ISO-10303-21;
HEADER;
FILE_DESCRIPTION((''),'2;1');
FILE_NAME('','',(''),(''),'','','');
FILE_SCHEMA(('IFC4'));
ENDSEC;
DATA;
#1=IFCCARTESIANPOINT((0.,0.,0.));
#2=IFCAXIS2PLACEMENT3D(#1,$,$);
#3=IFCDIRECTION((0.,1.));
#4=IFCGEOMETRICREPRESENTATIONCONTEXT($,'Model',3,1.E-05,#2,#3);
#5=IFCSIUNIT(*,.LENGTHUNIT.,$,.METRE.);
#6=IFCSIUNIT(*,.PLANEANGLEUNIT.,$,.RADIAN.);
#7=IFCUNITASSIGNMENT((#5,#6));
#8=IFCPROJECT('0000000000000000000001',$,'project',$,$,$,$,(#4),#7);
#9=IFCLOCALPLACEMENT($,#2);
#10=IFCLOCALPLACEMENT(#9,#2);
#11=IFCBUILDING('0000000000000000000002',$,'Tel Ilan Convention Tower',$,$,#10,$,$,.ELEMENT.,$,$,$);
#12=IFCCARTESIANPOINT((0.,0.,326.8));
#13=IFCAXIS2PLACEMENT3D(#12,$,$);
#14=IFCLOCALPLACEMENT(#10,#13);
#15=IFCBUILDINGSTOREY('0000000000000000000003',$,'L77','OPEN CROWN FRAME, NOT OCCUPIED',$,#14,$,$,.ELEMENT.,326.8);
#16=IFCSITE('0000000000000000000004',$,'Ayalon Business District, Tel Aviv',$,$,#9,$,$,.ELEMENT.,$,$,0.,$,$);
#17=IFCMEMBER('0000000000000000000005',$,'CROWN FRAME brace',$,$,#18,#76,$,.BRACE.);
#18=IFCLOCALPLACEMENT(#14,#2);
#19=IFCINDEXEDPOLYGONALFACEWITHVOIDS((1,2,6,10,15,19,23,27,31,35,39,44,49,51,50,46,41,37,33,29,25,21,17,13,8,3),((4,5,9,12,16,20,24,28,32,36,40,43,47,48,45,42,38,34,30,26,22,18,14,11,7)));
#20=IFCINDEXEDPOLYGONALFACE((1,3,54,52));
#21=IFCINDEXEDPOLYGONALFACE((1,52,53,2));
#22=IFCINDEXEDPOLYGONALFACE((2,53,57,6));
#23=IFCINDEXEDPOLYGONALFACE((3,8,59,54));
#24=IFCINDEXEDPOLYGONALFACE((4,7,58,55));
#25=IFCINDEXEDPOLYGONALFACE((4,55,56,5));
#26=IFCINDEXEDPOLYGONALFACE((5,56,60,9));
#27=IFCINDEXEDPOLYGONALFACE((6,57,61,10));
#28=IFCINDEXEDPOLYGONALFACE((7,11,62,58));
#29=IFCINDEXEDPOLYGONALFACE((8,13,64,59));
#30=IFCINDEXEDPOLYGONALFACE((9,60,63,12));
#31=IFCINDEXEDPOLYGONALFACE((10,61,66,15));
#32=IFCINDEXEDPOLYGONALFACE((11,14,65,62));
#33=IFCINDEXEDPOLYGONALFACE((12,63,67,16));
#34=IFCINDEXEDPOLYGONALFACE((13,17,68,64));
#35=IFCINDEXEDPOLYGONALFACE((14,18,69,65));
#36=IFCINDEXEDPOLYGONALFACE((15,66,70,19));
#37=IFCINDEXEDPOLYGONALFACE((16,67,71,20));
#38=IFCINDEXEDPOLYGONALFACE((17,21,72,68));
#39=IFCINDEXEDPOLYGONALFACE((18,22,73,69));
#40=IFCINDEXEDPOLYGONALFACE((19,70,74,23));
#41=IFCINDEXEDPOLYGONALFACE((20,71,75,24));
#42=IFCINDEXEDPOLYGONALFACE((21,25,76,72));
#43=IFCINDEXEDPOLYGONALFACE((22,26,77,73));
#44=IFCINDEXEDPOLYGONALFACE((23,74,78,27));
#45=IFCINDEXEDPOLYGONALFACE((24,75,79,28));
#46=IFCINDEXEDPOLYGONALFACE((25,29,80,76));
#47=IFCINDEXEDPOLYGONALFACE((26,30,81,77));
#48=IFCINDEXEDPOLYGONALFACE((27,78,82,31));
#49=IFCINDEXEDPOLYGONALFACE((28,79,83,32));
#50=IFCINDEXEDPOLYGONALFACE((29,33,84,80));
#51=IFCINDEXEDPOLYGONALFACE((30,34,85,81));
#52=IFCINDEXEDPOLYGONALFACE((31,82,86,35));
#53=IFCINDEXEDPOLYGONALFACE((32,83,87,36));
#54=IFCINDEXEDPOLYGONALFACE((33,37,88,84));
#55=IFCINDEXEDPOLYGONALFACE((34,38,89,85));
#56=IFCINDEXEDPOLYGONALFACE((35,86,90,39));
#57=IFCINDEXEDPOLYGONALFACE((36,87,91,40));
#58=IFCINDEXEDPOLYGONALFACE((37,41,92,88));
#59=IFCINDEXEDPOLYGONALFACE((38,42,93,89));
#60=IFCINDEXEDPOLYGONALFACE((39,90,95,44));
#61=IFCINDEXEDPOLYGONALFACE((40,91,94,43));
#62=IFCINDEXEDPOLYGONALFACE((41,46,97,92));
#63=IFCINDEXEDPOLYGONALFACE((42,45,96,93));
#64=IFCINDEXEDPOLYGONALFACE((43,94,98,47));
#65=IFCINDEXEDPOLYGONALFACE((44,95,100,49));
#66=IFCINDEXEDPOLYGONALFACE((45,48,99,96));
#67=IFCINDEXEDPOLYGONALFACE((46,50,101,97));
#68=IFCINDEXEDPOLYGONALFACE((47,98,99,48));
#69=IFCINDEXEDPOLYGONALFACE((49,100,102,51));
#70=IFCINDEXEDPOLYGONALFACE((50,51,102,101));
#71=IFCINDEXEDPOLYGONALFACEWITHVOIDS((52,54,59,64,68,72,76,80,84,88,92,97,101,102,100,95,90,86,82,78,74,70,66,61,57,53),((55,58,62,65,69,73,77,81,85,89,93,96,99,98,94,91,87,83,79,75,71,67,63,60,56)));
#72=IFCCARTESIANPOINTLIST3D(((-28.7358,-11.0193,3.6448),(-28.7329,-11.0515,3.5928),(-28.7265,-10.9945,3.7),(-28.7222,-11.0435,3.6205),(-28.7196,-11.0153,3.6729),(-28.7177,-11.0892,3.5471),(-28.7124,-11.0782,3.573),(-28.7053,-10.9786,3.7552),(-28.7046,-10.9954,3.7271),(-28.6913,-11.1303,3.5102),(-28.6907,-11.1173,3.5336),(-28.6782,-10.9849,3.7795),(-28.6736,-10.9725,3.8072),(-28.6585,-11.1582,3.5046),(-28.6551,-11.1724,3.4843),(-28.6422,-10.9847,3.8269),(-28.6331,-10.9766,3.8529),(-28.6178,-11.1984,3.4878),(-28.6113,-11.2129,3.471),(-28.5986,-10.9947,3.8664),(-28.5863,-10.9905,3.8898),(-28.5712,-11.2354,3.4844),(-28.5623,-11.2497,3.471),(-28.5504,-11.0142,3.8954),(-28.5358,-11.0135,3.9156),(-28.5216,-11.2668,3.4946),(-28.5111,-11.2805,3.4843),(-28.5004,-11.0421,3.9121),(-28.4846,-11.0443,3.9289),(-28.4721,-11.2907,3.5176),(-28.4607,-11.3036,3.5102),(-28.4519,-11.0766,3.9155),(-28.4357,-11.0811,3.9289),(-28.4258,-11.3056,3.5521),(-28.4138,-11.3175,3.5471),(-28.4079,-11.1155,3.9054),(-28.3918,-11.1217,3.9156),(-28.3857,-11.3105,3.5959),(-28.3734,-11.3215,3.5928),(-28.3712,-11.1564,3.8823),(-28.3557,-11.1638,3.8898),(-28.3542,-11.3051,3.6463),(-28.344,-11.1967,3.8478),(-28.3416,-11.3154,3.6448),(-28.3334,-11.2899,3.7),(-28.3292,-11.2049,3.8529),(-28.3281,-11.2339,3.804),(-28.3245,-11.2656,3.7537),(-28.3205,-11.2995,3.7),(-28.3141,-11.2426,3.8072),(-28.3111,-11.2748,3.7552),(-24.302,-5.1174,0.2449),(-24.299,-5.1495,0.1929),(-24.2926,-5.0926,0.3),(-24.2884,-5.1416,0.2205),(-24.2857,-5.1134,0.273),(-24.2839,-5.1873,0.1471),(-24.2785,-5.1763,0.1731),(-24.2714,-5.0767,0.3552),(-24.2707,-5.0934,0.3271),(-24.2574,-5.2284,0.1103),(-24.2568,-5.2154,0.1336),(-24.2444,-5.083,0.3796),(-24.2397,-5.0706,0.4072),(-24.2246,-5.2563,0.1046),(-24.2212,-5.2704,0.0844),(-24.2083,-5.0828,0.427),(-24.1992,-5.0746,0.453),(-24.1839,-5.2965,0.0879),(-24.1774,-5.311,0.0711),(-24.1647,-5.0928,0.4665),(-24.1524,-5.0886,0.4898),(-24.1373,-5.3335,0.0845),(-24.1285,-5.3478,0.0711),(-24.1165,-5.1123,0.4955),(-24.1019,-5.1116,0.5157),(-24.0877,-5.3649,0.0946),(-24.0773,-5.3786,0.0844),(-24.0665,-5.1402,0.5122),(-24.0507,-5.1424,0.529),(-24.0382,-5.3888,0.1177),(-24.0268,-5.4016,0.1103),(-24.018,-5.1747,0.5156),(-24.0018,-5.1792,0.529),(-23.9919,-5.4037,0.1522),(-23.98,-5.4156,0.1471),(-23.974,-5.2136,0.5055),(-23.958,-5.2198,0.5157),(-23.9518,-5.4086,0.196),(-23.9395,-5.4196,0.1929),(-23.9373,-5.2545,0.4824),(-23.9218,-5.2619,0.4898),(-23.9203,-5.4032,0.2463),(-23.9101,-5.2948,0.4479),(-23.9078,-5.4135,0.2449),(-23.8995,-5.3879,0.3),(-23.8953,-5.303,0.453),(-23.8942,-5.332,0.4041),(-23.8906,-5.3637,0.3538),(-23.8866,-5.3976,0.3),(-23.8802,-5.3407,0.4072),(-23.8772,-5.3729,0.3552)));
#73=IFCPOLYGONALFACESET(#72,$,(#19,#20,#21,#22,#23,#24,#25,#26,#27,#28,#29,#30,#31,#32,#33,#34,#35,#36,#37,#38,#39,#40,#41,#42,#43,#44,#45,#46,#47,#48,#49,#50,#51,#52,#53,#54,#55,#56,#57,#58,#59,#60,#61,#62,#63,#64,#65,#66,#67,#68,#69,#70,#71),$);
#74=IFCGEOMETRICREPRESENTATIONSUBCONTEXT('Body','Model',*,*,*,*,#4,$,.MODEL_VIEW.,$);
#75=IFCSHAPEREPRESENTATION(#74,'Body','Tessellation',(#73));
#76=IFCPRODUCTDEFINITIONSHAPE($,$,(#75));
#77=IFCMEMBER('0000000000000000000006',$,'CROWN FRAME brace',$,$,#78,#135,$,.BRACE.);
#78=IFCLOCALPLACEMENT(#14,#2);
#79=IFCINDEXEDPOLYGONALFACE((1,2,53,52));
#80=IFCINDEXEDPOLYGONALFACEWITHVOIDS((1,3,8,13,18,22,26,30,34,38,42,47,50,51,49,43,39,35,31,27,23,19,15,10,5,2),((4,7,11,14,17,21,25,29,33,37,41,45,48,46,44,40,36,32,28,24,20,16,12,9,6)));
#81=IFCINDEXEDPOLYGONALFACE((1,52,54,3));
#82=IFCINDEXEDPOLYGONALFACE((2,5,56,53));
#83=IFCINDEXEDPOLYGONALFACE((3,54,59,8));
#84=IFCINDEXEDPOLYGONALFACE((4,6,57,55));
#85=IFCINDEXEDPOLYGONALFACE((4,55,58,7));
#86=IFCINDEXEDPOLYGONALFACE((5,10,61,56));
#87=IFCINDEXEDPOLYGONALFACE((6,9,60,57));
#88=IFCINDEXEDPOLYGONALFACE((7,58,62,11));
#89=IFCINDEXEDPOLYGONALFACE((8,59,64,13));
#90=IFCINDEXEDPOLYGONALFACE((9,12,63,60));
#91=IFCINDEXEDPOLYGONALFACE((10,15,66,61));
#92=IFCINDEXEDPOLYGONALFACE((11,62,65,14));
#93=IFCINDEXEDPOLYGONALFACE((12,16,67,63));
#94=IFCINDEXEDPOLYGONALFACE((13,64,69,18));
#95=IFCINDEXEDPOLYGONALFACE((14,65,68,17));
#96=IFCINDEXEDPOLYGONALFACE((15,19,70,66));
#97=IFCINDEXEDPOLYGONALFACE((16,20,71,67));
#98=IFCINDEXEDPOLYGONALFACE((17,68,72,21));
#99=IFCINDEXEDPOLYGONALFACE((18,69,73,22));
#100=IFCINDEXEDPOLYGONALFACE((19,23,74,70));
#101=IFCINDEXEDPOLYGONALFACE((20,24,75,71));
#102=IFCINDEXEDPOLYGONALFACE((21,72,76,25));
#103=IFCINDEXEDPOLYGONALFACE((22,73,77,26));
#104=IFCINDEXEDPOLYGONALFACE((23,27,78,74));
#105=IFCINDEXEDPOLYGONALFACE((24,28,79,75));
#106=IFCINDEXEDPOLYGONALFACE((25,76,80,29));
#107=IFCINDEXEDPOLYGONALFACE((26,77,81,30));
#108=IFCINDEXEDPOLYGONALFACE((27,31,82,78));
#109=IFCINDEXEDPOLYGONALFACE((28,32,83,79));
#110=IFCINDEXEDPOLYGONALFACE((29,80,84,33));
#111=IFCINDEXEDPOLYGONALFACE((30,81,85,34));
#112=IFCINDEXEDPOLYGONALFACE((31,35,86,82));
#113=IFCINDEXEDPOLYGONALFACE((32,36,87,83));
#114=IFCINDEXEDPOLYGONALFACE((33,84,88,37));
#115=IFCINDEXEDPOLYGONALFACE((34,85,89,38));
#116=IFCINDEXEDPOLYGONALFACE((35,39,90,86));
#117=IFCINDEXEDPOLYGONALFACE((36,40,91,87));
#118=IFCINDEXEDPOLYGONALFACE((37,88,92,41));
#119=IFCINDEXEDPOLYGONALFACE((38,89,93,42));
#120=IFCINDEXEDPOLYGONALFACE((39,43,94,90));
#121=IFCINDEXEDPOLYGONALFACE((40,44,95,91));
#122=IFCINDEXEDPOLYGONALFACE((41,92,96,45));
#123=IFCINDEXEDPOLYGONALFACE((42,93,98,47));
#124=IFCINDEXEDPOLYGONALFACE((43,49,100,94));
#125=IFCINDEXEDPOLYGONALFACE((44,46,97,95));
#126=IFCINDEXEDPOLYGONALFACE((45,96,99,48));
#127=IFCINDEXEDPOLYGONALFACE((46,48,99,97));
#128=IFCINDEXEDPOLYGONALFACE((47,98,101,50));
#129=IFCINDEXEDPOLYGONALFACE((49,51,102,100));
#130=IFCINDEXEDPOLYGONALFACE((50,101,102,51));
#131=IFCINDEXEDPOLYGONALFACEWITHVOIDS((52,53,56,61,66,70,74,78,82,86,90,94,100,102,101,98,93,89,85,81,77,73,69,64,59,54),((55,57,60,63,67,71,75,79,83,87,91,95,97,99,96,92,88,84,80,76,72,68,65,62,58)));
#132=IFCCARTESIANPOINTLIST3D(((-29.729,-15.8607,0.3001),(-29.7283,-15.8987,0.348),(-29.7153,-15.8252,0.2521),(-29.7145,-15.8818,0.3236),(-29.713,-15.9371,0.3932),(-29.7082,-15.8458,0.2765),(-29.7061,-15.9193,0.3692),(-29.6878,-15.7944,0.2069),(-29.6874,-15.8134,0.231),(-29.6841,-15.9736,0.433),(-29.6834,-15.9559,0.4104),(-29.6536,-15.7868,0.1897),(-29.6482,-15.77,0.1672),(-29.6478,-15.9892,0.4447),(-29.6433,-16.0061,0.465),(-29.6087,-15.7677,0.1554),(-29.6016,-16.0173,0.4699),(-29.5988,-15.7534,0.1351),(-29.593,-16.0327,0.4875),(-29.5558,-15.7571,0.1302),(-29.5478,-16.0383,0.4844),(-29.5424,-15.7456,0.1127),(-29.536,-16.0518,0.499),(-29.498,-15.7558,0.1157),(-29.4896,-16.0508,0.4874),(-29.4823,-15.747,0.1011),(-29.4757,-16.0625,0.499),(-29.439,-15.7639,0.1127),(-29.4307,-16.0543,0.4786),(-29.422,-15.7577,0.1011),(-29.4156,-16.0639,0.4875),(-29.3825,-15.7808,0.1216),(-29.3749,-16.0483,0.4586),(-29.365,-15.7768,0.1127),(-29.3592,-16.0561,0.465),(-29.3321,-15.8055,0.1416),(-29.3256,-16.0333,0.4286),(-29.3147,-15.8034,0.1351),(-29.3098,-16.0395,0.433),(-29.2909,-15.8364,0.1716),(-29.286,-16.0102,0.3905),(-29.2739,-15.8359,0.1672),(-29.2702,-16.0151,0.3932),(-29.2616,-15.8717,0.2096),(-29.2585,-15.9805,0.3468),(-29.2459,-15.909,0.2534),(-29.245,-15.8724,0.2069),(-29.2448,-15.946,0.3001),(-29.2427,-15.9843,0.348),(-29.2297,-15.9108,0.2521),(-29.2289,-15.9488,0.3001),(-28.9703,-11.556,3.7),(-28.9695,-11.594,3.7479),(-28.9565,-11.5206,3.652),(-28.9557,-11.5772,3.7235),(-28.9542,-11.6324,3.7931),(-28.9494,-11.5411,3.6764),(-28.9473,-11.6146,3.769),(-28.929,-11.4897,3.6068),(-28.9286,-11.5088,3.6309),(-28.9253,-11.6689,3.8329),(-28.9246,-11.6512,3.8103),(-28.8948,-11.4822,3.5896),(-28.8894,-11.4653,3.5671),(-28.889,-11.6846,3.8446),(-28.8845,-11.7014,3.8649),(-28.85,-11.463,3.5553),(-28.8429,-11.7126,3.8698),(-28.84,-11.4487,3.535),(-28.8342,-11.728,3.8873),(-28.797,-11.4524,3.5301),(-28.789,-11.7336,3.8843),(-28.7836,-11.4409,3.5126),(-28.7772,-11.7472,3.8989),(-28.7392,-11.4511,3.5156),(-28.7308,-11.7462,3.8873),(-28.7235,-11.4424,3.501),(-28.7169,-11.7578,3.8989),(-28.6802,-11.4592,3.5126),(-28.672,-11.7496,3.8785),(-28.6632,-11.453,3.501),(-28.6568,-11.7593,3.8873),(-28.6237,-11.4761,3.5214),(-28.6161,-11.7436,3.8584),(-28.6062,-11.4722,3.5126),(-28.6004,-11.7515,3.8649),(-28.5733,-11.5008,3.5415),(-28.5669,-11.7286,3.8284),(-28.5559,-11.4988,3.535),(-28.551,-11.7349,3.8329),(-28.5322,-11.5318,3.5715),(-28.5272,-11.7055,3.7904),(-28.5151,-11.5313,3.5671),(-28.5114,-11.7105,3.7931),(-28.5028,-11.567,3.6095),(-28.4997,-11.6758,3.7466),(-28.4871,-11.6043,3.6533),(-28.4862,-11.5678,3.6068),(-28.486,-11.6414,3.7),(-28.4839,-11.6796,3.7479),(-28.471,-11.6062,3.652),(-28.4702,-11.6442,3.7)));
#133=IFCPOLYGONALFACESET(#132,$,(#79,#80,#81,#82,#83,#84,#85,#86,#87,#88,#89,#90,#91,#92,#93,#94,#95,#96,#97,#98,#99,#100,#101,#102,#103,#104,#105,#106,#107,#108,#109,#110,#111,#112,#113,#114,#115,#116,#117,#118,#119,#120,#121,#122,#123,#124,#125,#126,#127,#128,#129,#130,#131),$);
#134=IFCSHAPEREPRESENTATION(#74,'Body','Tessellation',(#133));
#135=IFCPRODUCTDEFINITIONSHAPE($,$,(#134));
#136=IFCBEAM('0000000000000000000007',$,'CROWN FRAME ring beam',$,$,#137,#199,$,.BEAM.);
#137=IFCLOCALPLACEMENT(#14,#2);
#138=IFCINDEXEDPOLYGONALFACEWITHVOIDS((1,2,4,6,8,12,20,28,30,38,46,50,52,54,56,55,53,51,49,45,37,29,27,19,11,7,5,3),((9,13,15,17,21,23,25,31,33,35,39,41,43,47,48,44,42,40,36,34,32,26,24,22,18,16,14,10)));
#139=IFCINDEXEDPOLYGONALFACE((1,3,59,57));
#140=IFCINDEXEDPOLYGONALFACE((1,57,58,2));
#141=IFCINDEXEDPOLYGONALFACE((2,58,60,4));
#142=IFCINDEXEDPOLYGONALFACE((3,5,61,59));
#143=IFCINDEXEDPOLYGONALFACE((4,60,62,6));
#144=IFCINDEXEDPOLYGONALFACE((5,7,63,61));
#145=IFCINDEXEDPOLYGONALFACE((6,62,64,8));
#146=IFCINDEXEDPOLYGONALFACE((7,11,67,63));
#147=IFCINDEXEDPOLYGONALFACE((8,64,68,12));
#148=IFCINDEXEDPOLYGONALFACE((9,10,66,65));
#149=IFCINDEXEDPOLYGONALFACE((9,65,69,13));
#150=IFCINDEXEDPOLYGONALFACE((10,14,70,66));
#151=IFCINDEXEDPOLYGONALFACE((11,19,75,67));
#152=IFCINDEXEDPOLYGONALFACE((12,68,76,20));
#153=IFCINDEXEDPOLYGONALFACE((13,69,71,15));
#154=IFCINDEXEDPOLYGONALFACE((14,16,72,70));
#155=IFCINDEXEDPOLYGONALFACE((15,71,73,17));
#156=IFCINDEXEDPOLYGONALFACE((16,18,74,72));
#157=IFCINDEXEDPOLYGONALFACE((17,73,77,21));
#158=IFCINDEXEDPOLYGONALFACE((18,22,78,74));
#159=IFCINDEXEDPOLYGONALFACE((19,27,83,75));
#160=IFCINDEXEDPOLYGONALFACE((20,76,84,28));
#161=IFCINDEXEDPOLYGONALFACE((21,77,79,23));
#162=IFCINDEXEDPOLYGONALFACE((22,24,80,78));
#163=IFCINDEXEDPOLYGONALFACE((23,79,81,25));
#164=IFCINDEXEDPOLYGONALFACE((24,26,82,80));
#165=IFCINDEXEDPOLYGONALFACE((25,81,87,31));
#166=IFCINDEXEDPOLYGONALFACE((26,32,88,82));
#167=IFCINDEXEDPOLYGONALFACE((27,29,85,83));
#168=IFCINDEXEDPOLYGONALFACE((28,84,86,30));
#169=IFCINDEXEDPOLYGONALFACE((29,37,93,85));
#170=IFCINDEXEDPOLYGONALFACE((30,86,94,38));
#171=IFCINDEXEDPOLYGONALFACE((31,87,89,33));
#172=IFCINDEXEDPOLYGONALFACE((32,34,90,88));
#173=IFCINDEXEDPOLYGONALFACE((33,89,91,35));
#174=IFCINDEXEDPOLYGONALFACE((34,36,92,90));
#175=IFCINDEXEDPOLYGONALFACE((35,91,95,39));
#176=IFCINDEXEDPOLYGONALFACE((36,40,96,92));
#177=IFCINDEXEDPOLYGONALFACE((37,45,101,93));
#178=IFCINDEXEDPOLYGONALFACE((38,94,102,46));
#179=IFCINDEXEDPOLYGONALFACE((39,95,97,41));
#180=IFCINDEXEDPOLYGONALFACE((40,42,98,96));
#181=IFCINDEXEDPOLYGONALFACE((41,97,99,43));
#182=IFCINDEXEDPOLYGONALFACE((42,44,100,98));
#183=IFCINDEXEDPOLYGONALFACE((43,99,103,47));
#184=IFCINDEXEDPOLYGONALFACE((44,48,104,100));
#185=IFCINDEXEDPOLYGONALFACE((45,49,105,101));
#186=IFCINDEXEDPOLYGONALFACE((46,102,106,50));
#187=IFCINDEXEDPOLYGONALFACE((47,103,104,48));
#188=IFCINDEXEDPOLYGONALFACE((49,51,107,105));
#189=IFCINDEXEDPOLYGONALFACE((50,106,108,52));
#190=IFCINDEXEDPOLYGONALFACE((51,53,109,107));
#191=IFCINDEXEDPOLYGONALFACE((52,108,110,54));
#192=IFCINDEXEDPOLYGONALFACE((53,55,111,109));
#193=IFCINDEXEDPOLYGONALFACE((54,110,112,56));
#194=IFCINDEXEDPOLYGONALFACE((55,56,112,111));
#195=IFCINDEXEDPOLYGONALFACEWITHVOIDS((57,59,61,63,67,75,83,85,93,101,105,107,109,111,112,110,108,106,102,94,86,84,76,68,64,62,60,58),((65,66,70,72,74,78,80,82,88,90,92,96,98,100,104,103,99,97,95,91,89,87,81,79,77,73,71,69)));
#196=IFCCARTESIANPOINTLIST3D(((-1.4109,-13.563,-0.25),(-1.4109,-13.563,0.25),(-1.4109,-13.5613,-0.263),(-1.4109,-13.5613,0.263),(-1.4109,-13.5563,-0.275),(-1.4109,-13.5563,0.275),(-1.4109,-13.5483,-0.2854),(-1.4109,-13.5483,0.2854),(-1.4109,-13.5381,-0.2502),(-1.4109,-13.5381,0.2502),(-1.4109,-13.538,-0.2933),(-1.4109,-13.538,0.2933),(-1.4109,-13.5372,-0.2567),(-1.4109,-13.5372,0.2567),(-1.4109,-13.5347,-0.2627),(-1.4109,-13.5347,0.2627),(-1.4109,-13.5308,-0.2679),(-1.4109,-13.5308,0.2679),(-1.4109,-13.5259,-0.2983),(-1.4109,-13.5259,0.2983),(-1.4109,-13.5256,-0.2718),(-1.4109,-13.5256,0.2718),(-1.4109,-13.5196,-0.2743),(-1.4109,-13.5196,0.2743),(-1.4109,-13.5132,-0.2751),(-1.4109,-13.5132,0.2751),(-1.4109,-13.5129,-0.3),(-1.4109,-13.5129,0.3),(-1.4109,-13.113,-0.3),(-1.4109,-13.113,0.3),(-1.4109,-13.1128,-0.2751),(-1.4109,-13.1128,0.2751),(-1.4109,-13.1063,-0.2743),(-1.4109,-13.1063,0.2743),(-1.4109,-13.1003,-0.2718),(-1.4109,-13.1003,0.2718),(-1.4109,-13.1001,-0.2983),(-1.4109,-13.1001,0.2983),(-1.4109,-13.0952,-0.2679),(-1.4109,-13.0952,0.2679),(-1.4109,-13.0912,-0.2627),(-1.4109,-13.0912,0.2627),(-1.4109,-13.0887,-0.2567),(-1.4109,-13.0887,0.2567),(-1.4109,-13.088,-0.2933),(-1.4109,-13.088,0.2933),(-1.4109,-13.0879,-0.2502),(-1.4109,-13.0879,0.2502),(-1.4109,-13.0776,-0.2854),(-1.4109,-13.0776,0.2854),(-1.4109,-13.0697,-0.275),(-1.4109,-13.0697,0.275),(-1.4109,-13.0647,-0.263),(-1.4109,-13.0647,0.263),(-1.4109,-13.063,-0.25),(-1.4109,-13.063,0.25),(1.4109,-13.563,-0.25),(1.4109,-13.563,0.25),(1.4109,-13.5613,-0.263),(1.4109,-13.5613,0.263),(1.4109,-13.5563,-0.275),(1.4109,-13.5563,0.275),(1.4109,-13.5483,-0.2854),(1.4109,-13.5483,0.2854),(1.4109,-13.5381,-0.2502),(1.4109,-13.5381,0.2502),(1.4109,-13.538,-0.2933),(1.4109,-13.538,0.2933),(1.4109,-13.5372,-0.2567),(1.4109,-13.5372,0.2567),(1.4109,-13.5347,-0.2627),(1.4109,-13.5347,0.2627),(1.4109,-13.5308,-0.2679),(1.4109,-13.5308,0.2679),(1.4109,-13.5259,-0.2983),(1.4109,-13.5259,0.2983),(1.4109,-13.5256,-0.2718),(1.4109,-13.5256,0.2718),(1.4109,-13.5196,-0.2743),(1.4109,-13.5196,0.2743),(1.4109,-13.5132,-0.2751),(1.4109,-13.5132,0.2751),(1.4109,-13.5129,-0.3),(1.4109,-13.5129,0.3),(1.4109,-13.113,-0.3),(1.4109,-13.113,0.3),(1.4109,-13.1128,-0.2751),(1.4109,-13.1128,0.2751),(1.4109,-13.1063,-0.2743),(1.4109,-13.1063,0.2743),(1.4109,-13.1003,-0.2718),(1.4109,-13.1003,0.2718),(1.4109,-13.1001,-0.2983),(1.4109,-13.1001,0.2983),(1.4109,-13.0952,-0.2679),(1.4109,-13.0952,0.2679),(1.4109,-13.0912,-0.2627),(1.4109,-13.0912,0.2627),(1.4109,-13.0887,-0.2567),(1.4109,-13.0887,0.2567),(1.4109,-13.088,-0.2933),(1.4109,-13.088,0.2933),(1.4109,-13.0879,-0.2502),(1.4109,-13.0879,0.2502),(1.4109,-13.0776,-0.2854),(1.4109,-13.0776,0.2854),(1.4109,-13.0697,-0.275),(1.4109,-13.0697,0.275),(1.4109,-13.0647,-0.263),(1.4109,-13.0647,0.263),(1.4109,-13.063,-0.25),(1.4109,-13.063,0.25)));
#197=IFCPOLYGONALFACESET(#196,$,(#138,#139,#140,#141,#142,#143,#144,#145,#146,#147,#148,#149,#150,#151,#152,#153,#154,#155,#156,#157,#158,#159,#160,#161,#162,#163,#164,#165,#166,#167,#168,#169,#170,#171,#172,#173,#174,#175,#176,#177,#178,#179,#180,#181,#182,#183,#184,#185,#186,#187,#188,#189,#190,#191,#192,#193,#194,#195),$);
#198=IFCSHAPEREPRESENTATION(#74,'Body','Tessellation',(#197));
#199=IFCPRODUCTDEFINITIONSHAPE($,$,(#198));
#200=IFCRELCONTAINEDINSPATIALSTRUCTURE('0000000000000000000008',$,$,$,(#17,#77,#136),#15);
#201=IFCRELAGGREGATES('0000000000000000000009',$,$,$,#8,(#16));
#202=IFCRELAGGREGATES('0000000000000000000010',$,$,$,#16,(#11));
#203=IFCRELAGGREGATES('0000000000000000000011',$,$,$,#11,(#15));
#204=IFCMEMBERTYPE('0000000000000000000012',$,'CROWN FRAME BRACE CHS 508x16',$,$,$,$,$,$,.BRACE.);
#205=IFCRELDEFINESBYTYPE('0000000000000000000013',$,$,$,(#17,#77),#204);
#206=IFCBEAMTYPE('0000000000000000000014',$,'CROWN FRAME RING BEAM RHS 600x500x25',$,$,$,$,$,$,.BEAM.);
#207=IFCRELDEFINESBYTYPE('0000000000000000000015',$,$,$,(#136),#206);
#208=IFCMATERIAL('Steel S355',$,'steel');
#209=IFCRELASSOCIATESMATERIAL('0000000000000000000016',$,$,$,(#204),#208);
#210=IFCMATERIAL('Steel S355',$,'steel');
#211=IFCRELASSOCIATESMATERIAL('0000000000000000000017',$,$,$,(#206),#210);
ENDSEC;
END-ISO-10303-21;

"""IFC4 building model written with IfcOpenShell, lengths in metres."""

from ifc_helpers import new_model, si_unit, direction, frame, origin, origin_2d, place, context, subcontext, project, spatial, hollow_rectangle, hollow_circle, extrude, material, material_profile, profile_set, type_object, element, save


model = new_model("IFC4")

# Units and contexts
model_context = context("Model", 3, precision=1e-05, world=origin(), true_north=direction((0.0, 1.0)))
body_context = subcontext(model_context, "Body", "Model", "MODEL_VIEW")
ifc_project = project(units=[si_unit("LENGTHUNIT", "METRE"), si_unit("PLANEANGLEUNIT", "RADIAN")], contexts=[model_context])

# Site, building, storey
site_placement = place(None, origin())
site = spatial("IfcSite", under=ifc_project, at=site_placement, Name="Ayalon Business District, Tel Aviv", CompositionType="ELEMENT", RefElevation=0.0)
building_placement = place(site_placement, origin())
building = spatial("IfcBuilding", under=site, at=building_placement, Name="Tel Ilan Convention Tower", CompositionType="ELEMENT")
storey_placement = place(building_placement, frame((0.0, 0.0, 326.8)))
storey = spatial("IfcBuildingStorey", under=building, at=storey_placement, Name="L77", Description="OPEN CROWN FRAME, NOT OCCUPIED", CompositionType="ELEMENT", Elevation=326.8)

# Members
ifc_material_1 = material(Name="Steel S355", Category="steel")
ifc_material_profile_1 = material_profile(ifc_material_1, hollow_circle(Radius=0.2539, WallThickness=0.0161, at=origin_2d()), Name="CHS 508x16")
ifc_profile_set_1 = profile_set([ifc_material_profile_1], Name="Steel S355")
member_type = type_object("IfcMemberType", Name="CROWN FRAME BRACE CHS 508x16", PredefinedType="BRACE", material=ifc_profile_set_1)
member_1_placement = place(storey_placement, frame((-24.0896, -5.2451, 0.3), z_axis=(-0.54556, -0.726192, 0.41834), x_axis=(0.799516, -0.600645, 0.0)))
element("IfcMember", 1, at=member_1_placement, inside=storey, type_object=member_type, Name="CROWN FRAME brace", PredefinedType="BRACE", context=body_context, shape_type="SweptSolid", body=[
    extrude(hollow_circle(Radius=0.2539, WallThickness=0.0161, at=origin_2d()), origin(), (0.0, 0.0, 1.0), 8.1272),
])
member_2_placement = place(storey_placement, frame((-28.7202, -11.6001, 3.7), z_axis=(-0.137024, -0.777351, -0.613963), x_axis=(0.984817, -0.173594, 0.0)))
element("IfcMember", 2, at=member_2_placement, inside=storey, type_object=member_type, Name="CROWN FRAME brace", PredefinedType="BRACE", context=body_context, shape_type="SweptSolid", body=[
    extrude(hollow_circle(Radius=0.2539, WallThickness=0.0161, at=origin_2d()), origin(), (0.0, 0.0, 1.0), 5.5376),
])

# Beam
ifc_material_2 = material(Name="Steel S355", Category="steel")
ifc_material_profile_2 = material_profile(ifc_material_2, hollow_rectangle(XDim=0.5, YDim=0.6001, WallThickness=0.0249, InnerFilletRadius=0.0249, OuterFilletRadius=0.05, at=origin_2d()), Name="RHS 600x500x25")
ifc_profile_set_2 = profile_set([ifc_material_profile_2], Name="Steel S355")
beam_type = type_object("IfcBeamType", Name="CROWN FRAME RING BEAM RHS 600x500x25", PredefinedType="BEAM", material=ifc_profile_set_2)
beam_1_placement = place(storey_placement, frame((-1.4109, -13.313, 0.0), z_axis=(1.0, 0.0, 0.0), x_axis=(0.0, 1.0, 0.0)))
element("IfcBeam", 3, at=beam_1_placement, inside=storey, type_object=beam_type, Name="CROWN FRAME ring beam", PredefinedType="BEAM", context=body_context, shape_type="SweptSolid", body=[
    extrude(hollow_rectangle(XDim=0.5, YDim=0.6001, WallThickness=0.0249, InnerFilletRadius=0.0249, OuterFilletRadius=0.05, at=origin_2d()), origin(), (0.0, 0.0, 1.0), 2.8218),
])

save(model, "model.ifc")
